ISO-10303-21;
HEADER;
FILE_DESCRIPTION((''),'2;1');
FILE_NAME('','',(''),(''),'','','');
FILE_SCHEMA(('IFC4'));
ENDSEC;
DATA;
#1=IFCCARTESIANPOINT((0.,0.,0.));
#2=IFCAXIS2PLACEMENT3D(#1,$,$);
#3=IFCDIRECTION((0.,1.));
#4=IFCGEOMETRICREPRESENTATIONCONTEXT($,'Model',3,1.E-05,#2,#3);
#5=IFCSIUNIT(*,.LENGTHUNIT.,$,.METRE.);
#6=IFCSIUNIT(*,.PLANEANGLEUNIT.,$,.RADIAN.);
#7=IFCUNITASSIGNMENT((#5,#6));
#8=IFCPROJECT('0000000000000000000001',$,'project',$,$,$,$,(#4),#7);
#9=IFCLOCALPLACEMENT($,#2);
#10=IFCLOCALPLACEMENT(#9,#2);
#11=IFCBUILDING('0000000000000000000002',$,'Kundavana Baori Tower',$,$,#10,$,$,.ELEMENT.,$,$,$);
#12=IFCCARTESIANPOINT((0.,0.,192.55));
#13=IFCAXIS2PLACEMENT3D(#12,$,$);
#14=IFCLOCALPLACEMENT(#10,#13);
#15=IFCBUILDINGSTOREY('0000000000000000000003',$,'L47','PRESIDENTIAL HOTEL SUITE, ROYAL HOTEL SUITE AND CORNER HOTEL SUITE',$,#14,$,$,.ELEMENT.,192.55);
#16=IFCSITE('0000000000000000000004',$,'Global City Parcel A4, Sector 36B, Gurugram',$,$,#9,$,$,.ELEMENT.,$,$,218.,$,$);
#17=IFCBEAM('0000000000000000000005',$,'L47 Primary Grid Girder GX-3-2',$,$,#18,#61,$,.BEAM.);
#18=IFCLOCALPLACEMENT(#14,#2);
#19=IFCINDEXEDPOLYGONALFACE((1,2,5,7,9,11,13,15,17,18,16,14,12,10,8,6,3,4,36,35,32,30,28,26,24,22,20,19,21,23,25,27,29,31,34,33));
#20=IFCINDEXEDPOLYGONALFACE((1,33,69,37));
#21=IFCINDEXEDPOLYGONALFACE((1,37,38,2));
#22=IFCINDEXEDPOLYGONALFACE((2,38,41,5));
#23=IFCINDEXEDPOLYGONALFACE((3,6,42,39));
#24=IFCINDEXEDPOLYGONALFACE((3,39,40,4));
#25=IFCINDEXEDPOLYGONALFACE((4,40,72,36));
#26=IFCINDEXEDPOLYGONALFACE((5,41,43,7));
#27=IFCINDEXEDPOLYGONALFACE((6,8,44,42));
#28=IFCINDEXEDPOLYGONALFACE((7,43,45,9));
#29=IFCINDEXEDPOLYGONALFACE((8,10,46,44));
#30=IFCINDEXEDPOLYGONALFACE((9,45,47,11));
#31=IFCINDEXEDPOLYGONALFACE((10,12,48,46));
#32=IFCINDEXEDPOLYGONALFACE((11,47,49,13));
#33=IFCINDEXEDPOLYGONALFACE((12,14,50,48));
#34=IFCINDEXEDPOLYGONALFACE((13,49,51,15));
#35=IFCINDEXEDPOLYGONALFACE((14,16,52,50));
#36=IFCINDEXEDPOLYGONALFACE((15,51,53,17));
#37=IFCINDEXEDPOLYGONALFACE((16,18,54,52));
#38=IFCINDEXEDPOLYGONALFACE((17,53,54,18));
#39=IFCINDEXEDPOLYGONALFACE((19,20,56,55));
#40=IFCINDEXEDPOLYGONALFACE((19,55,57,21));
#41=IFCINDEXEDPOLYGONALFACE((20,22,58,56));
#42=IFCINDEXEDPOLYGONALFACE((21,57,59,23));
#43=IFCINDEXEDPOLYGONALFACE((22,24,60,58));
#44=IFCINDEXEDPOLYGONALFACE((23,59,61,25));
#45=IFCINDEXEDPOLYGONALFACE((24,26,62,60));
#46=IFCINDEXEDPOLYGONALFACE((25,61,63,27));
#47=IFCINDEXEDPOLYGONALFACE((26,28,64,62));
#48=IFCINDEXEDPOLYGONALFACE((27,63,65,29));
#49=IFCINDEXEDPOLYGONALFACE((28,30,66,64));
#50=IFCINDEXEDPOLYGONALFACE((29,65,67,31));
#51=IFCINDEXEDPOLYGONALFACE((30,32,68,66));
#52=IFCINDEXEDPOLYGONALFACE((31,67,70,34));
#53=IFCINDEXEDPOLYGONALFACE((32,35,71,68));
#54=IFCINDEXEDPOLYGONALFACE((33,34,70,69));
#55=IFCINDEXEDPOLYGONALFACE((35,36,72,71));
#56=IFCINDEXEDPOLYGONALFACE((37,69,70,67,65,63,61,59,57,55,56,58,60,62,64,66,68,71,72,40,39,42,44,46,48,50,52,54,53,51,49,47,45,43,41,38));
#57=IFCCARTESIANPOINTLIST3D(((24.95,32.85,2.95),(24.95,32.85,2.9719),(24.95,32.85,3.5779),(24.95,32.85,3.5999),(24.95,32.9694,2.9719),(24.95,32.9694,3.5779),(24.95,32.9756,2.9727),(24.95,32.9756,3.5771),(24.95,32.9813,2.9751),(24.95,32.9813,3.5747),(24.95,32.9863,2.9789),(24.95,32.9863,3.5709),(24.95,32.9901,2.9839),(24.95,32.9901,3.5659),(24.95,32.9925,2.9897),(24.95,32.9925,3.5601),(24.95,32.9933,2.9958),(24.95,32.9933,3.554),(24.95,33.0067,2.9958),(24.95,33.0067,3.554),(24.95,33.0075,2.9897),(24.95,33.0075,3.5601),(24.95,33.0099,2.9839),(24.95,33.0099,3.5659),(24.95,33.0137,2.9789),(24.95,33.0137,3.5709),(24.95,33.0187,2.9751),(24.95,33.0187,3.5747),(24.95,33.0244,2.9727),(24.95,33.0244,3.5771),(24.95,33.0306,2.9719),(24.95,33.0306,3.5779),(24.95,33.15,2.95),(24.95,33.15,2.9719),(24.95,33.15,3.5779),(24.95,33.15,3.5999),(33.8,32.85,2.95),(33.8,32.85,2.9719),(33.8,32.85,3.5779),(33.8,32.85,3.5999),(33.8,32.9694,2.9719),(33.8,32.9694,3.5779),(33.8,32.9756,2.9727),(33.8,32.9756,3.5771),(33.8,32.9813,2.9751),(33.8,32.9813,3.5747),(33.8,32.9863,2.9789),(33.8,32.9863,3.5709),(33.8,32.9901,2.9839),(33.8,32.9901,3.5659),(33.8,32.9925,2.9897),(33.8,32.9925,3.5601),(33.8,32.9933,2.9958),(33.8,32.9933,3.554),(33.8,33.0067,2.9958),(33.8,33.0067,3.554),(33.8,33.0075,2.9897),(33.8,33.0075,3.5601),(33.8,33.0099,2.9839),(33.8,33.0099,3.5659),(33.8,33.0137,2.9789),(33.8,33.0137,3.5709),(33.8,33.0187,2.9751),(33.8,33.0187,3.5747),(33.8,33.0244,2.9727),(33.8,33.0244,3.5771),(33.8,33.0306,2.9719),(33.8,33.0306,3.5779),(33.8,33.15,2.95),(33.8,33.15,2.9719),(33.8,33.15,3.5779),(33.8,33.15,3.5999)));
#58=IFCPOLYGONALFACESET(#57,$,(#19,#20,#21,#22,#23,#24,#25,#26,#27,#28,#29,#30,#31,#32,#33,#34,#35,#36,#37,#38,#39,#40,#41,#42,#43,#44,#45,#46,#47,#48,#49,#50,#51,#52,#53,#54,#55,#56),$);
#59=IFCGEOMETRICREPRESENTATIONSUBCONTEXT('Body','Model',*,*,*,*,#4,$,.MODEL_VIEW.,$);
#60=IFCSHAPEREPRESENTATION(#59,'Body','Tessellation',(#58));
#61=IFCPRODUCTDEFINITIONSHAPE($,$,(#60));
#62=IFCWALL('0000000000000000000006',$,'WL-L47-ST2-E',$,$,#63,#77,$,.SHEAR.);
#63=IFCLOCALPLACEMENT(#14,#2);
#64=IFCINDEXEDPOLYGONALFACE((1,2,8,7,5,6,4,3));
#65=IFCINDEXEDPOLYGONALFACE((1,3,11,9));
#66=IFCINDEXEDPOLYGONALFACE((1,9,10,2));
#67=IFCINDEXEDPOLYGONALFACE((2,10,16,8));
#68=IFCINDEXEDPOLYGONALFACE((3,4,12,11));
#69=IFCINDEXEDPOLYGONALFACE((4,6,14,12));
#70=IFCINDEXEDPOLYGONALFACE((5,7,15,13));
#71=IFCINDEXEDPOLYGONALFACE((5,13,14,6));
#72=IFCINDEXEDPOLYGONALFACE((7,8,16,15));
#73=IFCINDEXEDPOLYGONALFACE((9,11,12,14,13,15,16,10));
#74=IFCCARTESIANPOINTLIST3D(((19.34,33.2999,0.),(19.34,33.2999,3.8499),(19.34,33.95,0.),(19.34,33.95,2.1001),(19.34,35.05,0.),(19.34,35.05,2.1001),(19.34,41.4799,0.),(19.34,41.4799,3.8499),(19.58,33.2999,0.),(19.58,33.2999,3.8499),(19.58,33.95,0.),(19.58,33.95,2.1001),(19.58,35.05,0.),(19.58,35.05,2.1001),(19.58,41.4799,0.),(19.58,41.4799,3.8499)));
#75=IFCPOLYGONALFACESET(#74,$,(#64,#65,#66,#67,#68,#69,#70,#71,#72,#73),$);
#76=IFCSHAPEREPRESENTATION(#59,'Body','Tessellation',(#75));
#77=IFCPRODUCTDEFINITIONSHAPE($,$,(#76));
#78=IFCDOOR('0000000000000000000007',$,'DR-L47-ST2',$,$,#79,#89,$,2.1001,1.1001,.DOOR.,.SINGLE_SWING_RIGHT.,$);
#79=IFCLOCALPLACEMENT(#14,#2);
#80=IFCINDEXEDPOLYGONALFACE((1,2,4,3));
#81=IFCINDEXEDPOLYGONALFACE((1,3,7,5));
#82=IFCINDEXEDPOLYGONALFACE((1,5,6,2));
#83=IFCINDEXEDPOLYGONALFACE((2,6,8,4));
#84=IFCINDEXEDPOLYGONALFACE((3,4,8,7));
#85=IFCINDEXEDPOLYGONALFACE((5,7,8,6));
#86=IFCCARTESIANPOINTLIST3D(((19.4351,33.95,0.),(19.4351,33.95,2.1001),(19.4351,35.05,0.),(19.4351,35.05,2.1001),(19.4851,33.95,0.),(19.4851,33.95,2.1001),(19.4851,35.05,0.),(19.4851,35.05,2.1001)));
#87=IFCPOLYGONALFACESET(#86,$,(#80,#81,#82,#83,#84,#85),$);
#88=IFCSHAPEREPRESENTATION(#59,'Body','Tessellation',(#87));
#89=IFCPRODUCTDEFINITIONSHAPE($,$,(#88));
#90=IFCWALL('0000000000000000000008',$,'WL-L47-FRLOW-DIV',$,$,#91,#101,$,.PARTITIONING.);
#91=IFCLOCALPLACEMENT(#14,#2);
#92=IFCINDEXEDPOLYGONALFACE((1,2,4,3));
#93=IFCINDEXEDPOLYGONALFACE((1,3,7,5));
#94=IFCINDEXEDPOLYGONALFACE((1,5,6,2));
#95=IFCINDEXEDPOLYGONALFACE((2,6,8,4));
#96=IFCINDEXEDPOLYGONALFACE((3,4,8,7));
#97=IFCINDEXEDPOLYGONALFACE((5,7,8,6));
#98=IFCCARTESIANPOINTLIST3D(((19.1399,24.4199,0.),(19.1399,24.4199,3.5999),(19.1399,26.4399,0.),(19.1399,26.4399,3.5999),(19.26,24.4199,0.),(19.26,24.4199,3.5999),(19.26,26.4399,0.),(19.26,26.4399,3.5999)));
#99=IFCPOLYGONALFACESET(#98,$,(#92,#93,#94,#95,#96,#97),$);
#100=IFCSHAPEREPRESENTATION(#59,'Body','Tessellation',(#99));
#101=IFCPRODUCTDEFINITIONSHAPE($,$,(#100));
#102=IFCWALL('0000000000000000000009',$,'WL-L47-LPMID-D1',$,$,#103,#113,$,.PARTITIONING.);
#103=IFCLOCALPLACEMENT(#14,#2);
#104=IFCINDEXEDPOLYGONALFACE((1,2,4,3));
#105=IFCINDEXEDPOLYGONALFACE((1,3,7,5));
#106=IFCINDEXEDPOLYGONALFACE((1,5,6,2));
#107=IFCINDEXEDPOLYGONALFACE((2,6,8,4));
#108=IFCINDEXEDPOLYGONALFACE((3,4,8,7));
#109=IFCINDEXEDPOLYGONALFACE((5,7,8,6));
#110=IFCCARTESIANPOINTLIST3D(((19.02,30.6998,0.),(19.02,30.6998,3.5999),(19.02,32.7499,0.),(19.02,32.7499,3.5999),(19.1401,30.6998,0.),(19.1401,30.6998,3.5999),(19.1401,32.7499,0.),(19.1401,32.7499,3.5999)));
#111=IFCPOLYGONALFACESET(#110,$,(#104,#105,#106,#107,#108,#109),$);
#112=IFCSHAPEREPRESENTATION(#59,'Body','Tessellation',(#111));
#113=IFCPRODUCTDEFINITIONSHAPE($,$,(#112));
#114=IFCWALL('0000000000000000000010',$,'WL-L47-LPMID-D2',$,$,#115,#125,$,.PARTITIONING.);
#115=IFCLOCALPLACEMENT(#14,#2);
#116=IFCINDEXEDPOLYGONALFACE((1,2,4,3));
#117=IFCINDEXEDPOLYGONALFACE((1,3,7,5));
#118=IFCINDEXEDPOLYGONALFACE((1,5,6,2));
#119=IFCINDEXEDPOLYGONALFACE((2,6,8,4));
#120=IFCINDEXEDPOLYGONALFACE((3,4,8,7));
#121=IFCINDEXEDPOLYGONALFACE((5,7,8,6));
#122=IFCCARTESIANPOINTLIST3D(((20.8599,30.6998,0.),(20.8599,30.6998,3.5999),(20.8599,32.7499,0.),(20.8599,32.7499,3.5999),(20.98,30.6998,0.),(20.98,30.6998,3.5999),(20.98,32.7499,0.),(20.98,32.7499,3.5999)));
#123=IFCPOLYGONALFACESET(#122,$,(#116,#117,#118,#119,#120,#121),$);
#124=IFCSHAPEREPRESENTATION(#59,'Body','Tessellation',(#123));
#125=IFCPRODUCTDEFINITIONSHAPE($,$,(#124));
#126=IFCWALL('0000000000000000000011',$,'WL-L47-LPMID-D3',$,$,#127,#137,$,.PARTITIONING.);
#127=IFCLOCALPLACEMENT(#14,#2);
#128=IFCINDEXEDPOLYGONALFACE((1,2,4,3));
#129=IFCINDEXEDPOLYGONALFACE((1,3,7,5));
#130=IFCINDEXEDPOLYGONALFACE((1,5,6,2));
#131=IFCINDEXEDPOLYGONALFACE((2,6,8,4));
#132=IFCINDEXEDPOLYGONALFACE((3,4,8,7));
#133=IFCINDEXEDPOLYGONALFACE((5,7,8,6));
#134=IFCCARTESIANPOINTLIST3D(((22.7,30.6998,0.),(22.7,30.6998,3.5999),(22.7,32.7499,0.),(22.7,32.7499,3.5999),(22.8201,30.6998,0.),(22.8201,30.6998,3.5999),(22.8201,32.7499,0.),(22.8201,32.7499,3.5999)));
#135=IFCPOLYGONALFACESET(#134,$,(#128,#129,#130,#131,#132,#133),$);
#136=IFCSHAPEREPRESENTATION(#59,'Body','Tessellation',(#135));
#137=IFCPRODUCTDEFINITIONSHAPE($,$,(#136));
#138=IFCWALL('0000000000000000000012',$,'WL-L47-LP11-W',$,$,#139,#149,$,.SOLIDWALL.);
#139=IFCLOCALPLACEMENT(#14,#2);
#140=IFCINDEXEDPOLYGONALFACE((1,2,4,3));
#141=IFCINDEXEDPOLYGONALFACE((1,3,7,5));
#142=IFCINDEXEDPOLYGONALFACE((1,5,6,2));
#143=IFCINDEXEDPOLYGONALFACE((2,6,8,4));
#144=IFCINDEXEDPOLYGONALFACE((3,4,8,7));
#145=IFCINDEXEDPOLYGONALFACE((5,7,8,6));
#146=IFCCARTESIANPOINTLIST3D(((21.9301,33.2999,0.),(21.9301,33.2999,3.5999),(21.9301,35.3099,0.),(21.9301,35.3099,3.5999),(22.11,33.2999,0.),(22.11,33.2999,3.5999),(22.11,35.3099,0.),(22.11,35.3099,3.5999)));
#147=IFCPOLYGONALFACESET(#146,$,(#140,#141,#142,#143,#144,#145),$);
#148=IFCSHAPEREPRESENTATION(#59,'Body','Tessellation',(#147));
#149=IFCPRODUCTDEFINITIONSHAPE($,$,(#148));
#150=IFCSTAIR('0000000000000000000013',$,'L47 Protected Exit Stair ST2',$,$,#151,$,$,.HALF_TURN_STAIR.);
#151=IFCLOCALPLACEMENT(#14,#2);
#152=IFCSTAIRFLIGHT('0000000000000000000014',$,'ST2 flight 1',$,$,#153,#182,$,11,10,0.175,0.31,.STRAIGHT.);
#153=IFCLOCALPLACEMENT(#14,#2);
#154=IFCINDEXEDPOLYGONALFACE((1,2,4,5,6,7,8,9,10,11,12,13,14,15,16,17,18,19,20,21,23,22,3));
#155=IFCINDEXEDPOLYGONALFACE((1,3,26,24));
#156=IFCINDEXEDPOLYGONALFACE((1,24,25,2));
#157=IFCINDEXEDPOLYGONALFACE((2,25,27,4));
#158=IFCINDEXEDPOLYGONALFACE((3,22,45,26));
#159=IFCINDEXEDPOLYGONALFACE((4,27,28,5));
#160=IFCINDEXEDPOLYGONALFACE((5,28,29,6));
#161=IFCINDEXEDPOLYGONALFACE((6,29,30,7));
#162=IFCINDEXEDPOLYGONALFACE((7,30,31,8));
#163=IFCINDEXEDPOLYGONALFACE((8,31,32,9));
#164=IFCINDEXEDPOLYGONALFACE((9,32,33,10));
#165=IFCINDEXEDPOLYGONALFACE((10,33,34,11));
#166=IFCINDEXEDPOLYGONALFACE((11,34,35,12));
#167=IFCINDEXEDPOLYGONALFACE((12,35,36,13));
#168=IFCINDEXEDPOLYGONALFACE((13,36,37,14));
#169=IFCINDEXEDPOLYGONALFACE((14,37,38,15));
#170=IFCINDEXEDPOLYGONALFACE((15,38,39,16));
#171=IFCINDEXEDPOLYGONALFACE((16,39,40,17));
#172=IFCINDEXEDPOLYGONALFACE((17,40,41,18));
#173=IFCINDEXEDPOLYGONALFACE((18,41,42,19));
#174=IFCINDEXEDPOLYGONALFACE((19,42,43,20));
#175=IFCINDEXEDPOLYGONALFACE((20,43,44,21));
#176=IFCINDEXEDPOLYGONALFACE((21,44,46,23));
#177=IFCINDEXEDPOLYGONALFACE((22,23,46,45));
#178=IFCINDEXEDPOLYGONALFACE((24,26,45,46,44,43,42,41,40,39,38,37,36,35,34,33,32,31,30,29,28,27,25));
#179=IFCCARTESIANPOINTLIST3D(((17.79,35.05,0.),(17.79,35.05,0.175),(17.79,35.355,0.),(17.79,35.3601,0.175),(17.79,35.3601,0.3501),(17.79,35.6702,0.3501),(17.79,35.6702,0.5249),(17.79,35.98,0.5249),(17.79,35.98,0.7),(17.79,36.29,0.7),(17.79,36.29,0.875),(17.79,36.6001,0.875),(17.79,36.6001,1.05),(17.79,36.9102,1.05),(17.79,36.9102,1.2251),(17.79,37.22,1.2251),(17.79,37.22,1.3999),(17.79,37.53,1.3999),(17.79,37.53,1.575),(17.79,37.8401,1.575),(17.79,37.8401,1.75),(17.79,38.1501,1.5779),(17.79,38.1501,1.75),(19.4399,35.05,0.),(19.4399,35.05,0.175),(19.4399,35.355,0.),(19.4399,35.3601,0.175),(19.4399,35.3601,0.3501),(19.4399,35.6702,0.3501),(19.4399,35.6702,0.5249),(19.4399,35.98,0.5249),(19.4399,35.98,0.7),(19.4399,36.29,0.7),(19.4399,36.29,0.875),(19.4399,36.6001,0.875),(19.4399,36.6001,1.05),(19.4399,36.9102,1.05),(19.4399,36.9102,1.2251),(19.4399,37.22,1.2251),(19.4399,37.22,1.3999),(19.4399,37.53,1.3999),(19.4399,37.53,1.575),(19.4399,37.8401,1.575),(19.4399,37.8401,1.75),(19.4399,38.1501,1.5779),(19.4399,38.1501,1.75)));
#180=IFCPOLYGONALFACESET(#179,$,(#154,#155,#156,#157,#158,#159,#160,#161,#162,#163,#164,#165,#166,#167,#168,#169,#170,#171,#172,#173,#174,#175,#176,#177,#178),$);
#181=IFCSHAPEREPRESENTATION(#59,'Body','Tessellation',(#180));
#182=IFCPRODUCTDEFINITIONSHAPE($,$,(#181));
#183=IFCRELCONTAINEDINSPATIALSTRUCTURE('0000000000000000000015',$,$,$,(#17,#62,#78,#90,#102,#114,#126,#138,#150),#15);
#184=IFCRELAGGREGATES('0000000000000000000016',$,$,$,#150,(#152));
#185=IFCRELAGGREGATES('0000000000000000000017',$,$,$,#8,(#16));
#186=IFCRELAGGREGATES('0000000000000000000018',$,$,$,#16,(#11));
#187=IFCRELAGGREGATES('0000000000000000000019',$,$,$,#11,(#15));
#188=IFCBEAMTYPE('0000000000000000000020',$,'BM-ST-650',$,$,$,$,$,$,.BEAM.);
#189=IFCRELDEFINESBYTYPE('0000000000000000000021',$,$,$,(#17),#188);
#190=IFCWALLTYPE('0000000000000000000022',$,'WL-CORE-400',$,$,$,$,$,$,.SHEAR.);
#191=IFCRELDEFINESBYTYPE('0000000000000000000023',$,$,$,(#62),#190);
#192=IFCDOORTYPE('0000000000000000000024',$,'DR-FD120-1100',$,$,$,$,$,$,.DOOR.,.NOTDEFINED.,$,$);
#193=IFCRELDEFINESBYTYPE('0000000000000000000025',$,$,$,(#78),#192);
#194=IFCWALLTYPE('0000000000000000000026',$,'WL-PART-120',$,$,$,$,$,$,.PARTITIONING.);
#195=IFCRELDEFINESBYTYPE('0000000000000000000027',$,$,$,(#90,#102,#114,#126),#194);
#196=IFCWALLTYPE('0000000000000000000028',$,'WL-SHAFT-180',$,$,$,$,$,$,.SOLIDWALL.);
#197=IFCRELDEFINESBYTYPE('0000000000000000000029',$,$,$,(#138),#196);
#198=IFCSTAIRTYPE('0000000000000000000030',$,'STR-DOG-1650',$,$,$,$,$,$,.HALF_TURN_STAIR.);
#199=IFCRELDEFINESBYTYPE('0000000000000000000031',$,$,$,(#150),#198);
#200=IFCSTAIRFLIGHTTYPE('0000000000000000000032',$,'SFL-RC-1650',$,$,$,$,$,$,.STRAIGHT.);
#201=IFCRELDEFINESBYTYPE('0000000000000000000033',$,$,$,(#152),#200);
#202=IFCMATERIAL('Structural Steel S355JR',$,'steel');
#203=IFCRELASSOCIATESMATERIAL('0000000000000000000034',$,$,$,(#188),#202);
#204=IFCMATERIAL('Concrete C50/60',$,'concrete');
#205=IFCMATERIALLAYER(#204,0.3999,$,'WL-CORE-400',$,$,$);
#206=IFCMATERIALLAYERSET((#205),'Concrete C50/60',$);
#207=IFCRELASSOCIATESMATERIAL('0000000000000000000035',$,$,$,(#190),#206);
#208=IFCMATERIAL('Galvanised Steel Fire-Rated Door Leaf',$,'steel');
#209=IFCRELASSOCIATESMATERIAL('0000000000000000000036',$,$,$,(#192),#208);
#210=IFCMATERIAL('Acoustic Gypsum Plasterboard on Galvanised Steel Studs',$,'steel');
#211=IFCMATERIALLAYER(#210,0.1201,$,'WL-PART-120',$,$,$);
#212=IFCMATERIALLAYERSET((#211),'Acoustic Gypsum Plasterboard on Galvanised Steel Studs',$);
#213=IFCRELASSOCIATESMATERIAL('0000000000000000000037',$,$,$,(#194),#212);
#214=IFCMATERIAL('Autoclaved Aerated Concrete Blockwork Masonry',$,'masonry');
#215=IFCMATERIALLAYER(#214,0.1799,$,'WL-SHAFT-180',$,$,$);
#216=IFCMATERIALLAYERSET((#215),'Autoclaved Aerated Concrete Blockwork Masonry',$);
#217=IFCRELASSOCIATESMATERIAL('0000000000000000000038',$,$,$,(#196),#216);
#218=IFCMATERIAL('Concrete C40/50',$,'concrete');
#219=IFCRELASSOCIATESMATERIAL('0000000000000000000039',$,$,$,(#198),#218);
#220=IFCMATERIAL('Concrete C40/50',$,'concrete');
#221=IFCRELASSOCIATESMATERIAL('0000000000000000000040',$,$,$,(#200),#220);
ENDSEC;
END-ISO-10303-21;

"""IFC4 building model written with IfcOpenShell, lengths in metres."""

from ifc_helpers import new_model, si_unit, direction, frame, frame_2d, origin, origin_2d, place, context, subcontext, project, spatial, polyline, rectangle, i_section, outline, extrude, material, layer, layer_set, material_profile, profile_set, type_object, element, fill, aggregate, save


model = new_model("IFC4")

# Units and contexts
model_context = context("Model", 3, precision=1e-05, world=origin(), true_north=direction((0.0, 1.0)))
body_context = subcontext(model_context, "Body", "Model", "MODEL_VIEW")
ifc_project = project(units=[si_unit("LENGTHUNIT", "METRE"), si_unit("PLANEANGLEUNIT", "RADIAN")], contexts=[model_context])

# Site, building, storey
site_placement = place(None, origin())
site = spatial("IfcSite", under=ifc_project, at=site_placement, Name="Global City Parcel A4, Sector 36B, Gurugram", CompositionType="ELEMENT", RefElevation=218.0)
building_placement = place(site_placement, origin())
building = spatial("IfcBuilding", under=site, at=building_placement, Name="Kundavana Baori Tower", CompositionType="ELEMENT")
storey_placement = place(building_placement, frame((0.0, 0.0, 192.55)))
storey = spatial("IfcBuildingStorey", under=building, at=storey_placement, Name="L47", Description="PRESIDENTIAL HOTEL SUITE, ROYAL HOTEL SUITE AND CORNER HOTEL SUITE", CompositionType="ELEMENT", Elevation=192.55)

# Beam
ifc_material_1 = material(Name="Structural Steel S355JR", Category="steel")
ifc_material_profile_1 = material_profile(ifc_material_1, i_section(OverallWidth=0.3, OverallDepth=0.6499, WebThickness=0.0134, FlangeThickness=0.022, FilletRadius=0.0239, at=origin_2d()), Name="NPB 650x300x155")
ifc_profile_set_1 = profile_set([ifc_material_profile_1], Name="Structural Steel S355JR")
beam_type_1 = type_object("IfcBeamType", Name="BM-ST-650", PredefinedType="BEAM", material=ifc_profile_set_1)
for number, where, z_axis, x_axis, name in (
    (1, (24.95, 33.0, 3.2749), (1.0, 0.0, 0.0), (0.0, 1.0, 0.0), "L47 Primary Grid Girder GX-3-2"),
):
    element("IfcBeam", number, at=place(storey_placement, frame(where, z_axis=z_axis, x_axis=x_axis)), inside=storey, type_object=beam_type_1, Name=name, PredefinedType="BEAM", context=body_context, shape_type="SweptSolid", body=[
        extrude(i_section(OverallWidth=0.3, OverallDepth=0.6499, WebThickness=0.0134, FlangeThickness=0.022, FilletRadius=0.0239, at=origin_2d()), origin(), (0.0, 0.0, 1.0), 8.8501),
    ])

# Wall, opening, door
ifc_material_2 = material(Name="Concrete C50/60", Category="concrete")
ifc_layer_1 = layer(ifc_material_2, 0.3999, Name="WL-CORE-400")
ifc_layer_set_1 = layer_set([ifc_layer_1], Name="Concrete C50/60")
wall_type_1 = type_object("IfcWallType", Name="WL-CORE-400", PredefinedType="SHEAR", material=ifc_layer_set_1)
wall_1_placement = place(storey_placement, frame((19.46, 33.3, 0.0), z_axis=(0.0, 0.0, 1.0), x_axis=(0.0, 1.0, 0.0)))
wall_1 = element("IfcWall", 2, at=wall_1_placement, inside=storey, type_object=wall_type_1, Name="WL-L47-ST2-E", PredefinedType="SHEAR", context=body_context, shape_type="SweptSolid", body=[
    extrude(rectangle(XDim=8.1799, YDim=0.24, at=frame_2d((4.0898, 0.0))), origin(), (0.0, 0.0, 1.0), 3.8499),
])
opening_placement = place(wall_1_placement, frame((0.6499, 0.0, 0.0)))
opening = element("IfcOpeningElement", 3, at=opening_placement, cuts=wall_1, PredefinedType="OPENING", context=body_context, shape_type="SweptSolid", body=[
    extrude(rectangle(XDim=1.1001, YDim=2.1001, at=frame_2d((0.55, 1.05))), frame((0.0, 0.1299, 0.0), z_axis=(0.0, -1.0, 0.0), x_axis=(1.0, 0.0, 0.0)), (0.0, 0.0, 1.0), 0.26),
])
ifc_material_3 = material(Name="Galvanised Steel Fire-Rated Door Leaf", Category="steel")
door_type = type_object("IfcDoorType", Name="DR-FD120-1100", OperationType="NOTDEFINED", PredefinedType="DOOR", material=ifc_material_3)
door_placement = place(opening_placement, origin())
door = element("IfcDoor", 4, at=door_placement, inside=storey, type_object=door_type, Name="DR-L47-ST2", OperationType="SINGLE_SWING_RIGHT", OverallHeight=2.1001, OverallWidth=1.1001, PredefinedType="DOOR", context=body_context, shape_type="SweptSolid", body=[
    extrude(rectangle(XDim=1.1001, YDim=2.1001, at=frame_2d((0.55, 1.05))), frame((0.0, 0.0249, 0.0), z_axis=(0.0, -1.0, 0.0), x_axis=(1.0, 0.0, 0.0)), (0.0, 0.0, 1.0), 0.05),
])
fill(opening, door)

# Walls
ifc_material_4 = material(Name="Acoustic Gypsum Plasterboard on Galvanised Steel Studs", Category="steel")
ifc_layer_2 = layer(ifc_material_4, 0.1201, Name="WL-PART-120")
ifc_layer_set_2 = layer_set([ifc_layer_2], Name="Acoustic Gypsum Plasterboard on Galvanised Steel Studs")
wall_type_2 = type_object("IfcWallType", Name="WL-PART-120", PredefinedType="PARTITIONING", material=ifc_layer_set_2)
wall_2_placement = place(storey_placement, frame((19.2, 24.4199, 0.0), z_axis=(0.0, 0.0, 1.0), x_axis=(0.0, 1.0, 0.0)))
element("IfcWall", 5, at=wall_2_placement, inside=storey, type_object=wall_type_2, Name="WL-L47-FRLOW-DIV", PredefinedType="PARTITIONING", context=body_context, shape_type="SweptSolid", body=[
    extrude(rectangle(XDim=2.02, YDim=0.1201, at=frame_2d((1.01, 0.0))), origin(), (0.0, 0.0, 1.0), 3.5999),
])
for number, where, z_axis, x_axis, name in (
    (6, (19.0801, 30.7, 0.0), (0.0, 0.0, 1.0), (0.0, 1.0, 0.0), "WL-L47-LPMID-D1"),
    (7, (20.9199, 30.7, 0.0), (0.0, 0.0, 1.0), (0.0, 1.0, 0.0), "WL-L47-LPMID-D2"),
    (8, (22.76, 30.7, 0.0), (0.0, 0.0, 1.0), (0.0, 1.0, 0.0), "WL-L47-LPMID-D3"),
):
    element("IfcWall", number, at=place(storey_placement, frame(where, z_axis=z_axis, x_axis=x_axis)), inside=storey, type_object=wall_type_2, Name=name, PredefinedType="PARTITIONING", context=body_context, shape_type="SweptSolid", body=[
        extrude(rectangle(XDim=2.05, YDim=0.1201, at=frame_2d((1.0249, 0.0))), origin(), (0.0, 0.0, 1.0), 3.5999),
    ])
ifc_material_5 = material(Name="Autoclaved Aerated Concrete Blockwork Masonry", Category="masonry")
ifc_layer_3 = layer(ifc_material_5, 0.1799, Name="WL-SHAFT-180")
ifc_layer_set_3 = layer_set([ifc_layer_3], Name="Autoclaved Aerated Concrete Blockwork Masonry")
wall_type_3 = type_object("IfcWallType", Name="WL-SHAFT-180", PredefinedType="SOLIDWALL", material=ifc_layer_set_3)
wall_3_placement = place(storey_placement, frame((22.02, 33.3, 0.0), z_axis=(0.0, 0.0, 1.0), x_axis=(0.0, 1.0, 0.0)))
element("IfcWall", 9, at=wall_3_placement, inside=storey, type_object=wall_type_3, Name="WL-L47-LP11-W", PredefinedType="SOLIDWALL", context=body_context, shape_type="SweptSolid", body=[
    extrude(rectangle(XDim=2.01, YDim=0.1799, at=frame_2d((1.0049, 0.0))), origin(), (0.0, 0.0, 1.0), 3.5999),
])

# Stair, stair flight
ifc_material_6 = material(Name="Concrete C40/50", Category="concrete")
stair_type = type_object("IfcStairType", Name="STR-DOG-1650", PredefinedType="HALF_TURN_STAIR", material=ifc_material_6)
stair_placement = place(storey_placement, origin())
stair = element("IfcStair", 10, at=stair_placement, inside=storey, type_object=stair_type, Name="L47 Protected Exit Stair ST2", PredefinedType="HALF_TURN_STAIR")
ifc_material_7 = material(Name="Concrete C40/50", Category="concrete")
stair_flight_type = type_object("IfcStairFlightType", Name="SFL-RC-1650", PredefinedType="STRAIGHT", material=ifc_material_7)
stair_flight_placement = place(storey_placement, frame((18.615, 35.05, 0.0), z_axis=(0.0, 0.0, 1.0), x_axis=(0.0, 1.0, 0.0)))
stair_flight = element("IfcStairFlight", 11, at=stair_flight_placement, type_object=stair_flight_type, Name="ST2 flight 1", NumberOfRisers=11, NumberOfTreads=10, PredefinedType="STRAIGHT", RiserHeight=0.175, TreadLength=0.31, context=body_context, shape_type="SweptSolid", body=[
    extrude(outline(polyline([(0.0, 0.0), (0.0, 0.175), (0.3101, 0.175), (0.3101, 0.3501), (0.6201, 0.3501), (0.6201, 0.5249), (0.9299, 0.5249), (0.9299, 0.7), (1.24, 0.7), (1.24, 0.875), (1.55, 0.875), (1.55, 1.05), (1.8601, 1.05), (1.8601, 1.2251), (2.1699, 1.2251), (2.1699, 1.3999), (2.48, 1.3999), (2.48, 1.575), (2.79, 1.575), (2.79, 1.75), (3.1001, 1.75), (3.1001, 1.925), (3.1001, 1.5779), (0.3049, 0.0), (0.0, 0.0)])), frame((0.0, 0.825, 0.0), z_axis=(0.0, -1.0, 0.0), x_axis=(1.0, 0.0, 0.0)), (0.0, 0.0, 1.0), 1.6499),
])
aggregate(stair, [stair_flight])

save(model, "model.ifc")
